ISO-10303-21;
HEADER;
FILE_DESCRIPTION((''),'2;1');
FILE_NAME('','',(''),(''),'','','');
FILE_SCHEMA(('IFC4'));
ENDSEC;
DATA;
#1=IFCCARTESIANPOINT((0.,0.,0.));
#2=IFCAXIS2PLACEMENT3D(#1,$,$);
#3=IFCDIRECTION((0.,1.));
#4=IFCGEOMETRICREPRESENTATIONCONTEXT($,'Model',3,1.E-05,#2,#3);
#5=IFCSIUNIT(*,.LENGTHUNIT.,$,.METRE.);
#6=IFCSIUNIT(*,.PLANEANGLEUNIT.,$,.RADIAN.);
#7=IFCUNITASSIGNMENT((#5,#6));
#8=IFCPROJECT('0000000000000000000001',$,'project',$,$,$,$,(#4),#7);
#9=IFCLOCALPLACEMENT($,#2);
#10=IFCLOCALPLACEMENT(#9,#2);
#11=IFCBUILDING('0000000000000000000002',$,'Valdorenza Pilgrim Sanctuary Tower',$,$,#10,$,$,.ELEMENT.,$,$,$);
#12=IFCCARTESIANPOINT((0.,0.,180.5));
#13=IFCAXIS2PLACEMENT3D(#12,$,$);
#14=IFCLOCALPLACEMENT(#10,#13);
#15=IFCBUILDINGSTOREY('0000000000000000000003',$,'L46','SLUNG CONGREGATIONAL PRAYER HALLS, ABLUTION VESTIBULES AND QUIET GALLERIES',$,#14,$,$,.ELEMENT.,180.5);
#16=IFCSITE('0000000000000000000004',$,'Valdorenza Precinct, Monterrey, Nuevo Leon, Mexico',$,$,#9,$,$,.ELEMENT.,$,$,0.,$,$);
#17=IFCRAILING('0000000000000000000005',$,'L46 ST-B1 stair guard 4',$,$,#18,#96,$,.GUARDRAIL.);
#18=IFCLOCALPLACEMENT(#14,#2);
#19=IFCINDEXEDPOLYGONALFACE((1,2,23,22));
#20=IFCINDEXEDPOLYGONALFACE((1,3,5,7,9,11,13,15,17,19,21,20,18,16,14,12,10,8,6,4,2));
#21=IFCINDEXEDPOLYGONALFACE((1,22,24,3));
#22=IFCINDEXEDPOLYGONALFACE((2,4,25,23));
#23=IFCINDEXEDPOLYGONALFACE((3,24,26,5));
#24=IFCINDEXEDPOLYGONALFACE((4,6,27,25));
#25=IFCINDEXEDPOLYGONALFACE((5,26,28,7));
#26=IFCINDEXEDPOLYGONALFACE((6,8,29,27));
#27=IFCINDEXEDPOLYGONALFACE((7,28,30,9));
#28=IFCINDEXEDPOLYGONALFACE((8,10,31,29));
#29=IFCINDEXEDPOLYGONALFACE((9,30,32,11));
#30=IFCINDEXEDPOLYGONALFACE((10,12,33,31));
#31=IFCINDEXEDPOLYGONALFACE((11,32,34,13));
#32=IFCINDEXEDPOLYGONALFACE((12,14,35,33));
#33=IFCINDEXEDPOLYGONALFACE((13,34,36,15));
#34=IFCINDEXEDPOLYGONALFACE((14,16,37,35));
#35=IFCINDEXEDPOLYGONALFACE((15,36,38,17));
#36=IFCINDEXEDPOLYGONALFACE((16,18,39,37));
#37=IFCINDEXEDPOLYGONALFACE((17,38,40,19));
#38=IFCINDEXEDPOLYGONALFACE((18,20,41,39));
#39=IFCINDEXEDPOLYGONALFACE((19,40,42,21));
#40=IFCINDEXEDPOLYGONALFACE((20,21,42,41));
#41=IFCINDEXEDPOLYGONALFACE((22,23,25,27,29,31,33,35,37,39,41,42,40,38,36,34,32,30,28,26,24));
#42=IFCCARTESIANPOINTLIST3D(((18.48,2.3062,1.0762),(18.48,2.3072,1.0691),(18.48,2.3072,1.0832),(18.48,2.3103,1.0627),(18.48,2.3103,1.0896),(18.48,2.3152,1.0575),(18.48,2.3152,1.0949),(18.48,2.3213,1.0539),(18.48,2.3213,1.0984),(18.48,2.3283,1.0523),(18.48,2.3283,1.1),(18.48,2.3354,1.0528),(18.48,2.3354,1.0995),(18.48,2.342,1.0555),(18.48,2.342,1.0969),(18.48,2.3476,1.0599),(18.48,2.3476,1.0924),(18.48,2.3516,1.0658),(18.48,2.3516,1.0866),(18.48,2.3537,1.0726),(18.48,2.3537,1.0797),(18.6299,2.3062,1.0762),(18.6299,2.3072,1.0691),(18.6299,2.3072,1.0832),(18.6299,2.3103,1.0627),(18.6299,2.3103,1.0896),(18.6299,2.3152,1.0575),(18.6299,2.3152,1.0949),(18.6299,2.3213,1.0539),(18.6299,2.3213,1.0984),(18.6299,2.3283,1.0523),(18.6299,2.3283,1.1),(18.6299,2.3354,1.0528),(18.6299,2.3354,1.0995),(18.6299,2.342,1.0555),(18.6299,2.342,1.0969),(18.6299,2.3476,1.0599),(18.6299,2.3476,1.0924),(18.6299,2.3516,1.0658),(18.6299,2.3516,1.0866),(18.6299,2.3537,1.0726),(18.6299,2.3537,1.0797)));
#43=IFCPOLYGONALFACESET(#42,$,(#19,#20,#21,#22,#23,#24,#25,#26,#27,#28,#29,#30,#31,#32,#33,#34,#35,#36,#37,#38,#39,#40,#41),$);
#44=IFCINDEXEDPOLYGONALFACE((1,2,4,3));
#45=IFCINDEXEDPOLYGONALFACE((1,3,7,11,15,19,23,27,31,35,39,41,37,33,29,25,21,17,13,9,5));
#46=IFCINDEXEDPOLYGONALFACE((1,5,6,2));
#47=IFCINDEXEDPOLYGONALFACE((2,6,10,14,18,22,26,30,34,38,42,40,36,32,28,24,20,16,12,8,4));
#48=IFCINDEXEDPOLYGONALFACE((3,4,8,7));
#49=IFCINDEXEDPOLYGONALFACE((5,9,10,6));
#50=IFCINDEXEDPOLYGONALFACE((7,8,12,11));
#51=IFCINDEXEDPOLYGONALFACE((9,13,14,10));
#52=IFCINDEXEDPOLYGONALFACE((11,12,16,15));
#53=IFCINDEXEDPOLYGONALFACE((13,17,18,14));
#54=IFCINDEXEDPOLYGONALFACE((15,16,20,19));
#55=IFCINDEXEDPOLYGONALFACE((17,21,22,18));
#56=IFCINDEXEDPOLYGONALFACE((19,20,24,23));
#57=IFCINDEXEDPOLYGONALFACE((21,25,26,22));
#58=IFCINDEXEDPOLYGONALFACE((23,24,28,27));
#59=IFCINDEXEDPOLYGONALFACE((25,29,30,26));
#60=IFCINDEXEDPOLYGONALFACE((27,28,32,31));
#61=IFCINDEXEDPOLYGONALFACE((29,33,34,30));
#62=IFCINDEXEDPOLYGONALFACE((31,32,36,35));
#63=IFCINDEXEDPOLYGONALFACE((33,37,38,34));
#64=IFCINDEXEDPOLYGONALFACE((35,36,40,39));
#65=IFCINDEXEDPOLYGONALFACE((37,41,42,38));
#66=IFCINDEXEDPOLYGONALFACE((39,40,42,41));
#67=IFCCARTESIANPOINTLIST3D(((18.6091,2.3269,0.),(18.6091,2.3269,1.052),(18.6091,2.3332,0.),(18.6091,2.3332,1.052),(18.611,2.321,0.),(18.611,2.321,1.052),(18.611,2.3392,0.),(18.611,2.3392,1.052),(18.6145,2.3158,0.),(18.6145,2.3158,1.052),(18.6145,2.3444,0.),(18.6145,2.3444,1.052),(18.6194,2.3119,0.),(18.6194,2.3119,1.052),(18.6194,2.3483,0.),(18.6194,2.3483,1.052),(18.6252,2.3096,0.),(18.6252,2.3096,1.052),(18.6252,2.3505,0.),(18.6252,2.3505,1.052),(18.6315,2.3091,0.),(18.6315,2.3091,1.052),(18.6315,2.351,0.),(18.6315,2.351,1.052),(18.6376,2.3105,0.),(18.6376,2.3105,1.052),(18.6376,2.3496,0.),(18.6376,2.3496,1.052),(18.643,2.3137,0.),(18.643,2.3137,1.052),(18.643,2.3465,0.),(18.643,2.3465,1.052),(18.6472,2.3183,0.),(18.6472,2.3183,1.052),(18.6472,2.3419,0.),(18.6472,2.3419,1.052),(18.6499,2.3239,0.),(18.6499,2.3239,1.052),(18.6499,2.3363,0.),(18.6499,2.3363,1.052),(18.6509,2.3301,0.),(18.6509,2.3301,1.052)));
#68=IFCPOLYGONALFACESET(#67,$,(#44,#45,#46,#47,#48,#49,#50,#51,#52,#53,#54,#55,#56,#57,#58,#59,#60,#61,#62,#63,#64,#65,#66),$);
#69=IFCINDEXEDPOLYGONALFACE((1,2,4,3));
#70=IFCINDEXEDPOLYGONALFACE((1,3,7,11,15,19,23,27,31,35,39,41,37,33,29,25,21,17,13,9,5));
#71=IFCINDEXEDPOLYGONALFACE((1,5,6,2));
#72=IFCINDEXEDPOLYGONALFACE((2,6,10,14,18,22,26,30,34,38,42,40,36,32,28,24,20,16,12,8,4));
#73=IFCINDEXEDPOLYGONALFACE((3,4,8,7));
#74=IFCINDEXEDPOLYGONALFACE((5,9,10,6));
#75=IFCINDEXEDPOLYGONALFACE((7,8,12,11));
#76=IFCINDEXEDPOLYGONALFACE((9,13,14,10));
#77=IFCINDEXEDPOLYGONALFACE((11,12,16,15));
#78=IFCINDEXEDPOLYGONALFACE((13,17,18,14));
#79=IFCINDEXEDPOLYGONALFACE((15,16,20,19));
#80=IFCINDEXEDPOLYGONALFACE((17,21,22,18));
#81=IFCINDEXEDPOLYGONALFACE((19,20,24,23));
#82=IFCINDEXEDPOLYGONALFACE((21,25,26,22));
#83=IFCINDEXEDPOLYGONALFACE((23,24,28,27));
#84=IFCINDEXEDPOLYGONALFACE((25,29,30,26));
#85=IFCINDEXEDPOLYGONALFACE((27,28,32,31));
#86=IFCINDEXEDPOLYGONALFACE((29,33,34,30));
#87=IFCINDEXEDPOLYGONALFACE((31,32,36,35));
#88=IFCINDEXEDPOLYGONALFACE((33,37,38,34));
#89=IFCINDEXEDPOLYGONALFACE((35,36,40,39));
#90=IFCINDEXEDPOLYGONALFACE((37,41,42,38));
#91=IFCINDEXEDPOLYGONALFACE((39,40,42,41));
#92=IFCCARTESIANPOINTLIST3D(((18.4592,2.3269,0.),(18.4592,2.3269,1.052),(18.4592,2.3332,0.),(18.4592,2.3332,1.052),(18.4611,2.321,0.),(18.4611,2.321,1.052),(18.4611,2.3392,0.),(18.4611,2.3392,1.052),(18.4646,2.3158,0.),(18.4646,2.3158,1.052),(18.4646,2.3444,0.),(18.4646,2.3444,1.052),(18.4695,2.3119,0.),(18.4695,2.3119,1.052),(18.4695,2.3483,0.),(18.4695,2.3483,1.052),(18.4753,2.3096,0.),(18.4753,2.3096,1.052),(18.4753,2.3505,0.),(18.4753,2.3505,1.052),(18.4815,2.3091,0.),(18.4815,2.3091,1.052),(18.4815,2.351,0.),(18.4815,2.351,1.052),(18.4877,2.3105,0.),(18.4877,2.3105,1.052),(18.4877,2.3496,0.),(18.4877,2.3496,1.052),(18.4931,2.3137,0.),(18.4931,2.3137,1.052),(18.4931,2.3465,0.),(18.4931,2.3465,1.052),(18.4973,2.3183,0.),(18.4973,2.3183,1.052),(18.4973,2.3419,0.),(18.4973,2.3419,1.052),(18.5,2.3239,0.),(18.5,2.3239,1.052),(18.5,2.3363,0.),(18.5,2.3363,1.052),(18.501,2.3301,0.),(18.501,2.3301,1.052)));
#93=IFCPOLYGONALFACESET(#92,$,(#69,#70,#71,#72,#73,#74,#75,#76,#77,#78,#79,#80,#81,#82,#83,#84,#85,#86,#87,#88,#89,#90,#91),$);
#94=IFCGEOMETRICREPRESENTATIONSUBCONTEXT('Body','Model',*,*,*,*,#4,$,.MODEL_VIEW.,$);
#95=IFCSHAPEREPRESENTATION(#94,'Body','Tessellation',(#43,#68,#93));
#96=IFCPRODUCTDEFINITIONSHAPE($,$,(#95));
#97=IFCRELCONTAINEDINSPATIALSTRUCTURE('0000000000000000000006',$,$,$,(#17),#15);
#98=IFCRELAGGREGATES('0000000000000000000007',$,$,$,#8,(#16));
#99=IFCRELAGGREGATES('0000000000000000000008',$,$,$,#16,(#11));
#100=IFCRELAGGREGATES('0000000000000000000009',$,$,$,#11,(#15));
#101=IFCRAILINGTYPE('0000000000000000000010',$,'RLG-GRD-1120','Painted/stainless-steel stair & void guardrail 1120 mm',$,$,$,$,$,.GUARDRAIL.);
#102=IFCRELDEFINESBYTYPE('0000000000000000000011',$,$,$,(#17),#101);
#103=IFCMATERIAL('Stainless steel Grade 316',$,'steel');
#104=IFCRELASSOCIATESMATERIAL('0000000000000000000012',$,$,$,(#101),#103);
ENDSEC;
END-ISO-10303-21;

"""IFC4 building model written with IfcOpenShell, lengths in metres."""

from ifc_helpers import new_model, si_unit, direction, frame, origin, origin_2d, place, context, subcontext, project, spatial, circle, extrude, material, type_object, element, save


model = new_model("IFC4")

# Units and contexts
model_context = context("Model", 3, precision=1e-05, world=origin(), true_north=direction((0.0, 1.0)))
body_context = subcontext(model_context, "Body", "Model", "MODEL_VIEW")
ifc_project = project(units=[si_unit("LENGTHUNIT", "METRE"), si_unit("PLANEANGLEUNIT", "RADIAN")], contexts=[model_context])

# Site, building, storey
site_placement = place(None, origin())
site = spatial("IfcSite", under=ifc_project, at=site_placement, Name="Valdorenza Precinct, Monterrey, Nuevo Leon, Mexico", CompositionType="ELEMENT", RefElevation=0.0)
building_placement = place(site_placement, origin())
building = spatial("IfcBuilding", under=site, at=building_placement, Name="Valdorenza Pilgrim Sanctuary Tower", CompositionType="ELEMENT")
storey_placement = place(building_placement, frame((0.0, 0.0, 180.5)))
storey = spatial("IfcBuildingStorey", under=building, at=storey_placement, Name="L46", Description="SLUNG CONGREGATIONAL PRAYER HALLS, ABLUTION VESTIBULES AND QUIET GALLERIES", CompositionType="ELEMENT", Elevation=180.5)

# Railing
ifc_material_1 = material(Name="Stainless steel Grade 316", Category="steel")
railing_type_1 = type_object("IfcRailingType", Name="RLG-GRD-1120", Description="Painted/stainless-steel stair & void guardrail 1120 mm", PredefinedType="GUARDRAIL", material=ifc_material_1)
railing_1_placement = place(storey_placement, frame((18.6299, 2.3301, 0.0)))
element("IfcRailing", 1, at=railing_1_placement, inside=storey, type_object=railing_type_1, Name="L46 ST-B1 stair guard 4", PredefinedType="GUARDRAIL", context=body_context, shape_type="SweptSolid", body=[
    extrude(circle(Radius=0.0239, at=origin_2d()), frame((0.0, 0.0, 1.0762), z_axis=(-1.0, 0.0, 0.0), x_axis=(0.0, -1.0, 0.0)), (0.0, 0.0, 1.0), 0.1499),
    extrude(circle(Radius=0.021, at=origin_2d()), origin(), (0.0, 0.0, 1.0), 1.052),
    extrude(circle(Radius=0.021, at=origin_2d()), frame((-0.1499, 0.0, 0.0)), (0.0, 0.0, 1.0), 1.052),
])

save(model, "model.ifc")
